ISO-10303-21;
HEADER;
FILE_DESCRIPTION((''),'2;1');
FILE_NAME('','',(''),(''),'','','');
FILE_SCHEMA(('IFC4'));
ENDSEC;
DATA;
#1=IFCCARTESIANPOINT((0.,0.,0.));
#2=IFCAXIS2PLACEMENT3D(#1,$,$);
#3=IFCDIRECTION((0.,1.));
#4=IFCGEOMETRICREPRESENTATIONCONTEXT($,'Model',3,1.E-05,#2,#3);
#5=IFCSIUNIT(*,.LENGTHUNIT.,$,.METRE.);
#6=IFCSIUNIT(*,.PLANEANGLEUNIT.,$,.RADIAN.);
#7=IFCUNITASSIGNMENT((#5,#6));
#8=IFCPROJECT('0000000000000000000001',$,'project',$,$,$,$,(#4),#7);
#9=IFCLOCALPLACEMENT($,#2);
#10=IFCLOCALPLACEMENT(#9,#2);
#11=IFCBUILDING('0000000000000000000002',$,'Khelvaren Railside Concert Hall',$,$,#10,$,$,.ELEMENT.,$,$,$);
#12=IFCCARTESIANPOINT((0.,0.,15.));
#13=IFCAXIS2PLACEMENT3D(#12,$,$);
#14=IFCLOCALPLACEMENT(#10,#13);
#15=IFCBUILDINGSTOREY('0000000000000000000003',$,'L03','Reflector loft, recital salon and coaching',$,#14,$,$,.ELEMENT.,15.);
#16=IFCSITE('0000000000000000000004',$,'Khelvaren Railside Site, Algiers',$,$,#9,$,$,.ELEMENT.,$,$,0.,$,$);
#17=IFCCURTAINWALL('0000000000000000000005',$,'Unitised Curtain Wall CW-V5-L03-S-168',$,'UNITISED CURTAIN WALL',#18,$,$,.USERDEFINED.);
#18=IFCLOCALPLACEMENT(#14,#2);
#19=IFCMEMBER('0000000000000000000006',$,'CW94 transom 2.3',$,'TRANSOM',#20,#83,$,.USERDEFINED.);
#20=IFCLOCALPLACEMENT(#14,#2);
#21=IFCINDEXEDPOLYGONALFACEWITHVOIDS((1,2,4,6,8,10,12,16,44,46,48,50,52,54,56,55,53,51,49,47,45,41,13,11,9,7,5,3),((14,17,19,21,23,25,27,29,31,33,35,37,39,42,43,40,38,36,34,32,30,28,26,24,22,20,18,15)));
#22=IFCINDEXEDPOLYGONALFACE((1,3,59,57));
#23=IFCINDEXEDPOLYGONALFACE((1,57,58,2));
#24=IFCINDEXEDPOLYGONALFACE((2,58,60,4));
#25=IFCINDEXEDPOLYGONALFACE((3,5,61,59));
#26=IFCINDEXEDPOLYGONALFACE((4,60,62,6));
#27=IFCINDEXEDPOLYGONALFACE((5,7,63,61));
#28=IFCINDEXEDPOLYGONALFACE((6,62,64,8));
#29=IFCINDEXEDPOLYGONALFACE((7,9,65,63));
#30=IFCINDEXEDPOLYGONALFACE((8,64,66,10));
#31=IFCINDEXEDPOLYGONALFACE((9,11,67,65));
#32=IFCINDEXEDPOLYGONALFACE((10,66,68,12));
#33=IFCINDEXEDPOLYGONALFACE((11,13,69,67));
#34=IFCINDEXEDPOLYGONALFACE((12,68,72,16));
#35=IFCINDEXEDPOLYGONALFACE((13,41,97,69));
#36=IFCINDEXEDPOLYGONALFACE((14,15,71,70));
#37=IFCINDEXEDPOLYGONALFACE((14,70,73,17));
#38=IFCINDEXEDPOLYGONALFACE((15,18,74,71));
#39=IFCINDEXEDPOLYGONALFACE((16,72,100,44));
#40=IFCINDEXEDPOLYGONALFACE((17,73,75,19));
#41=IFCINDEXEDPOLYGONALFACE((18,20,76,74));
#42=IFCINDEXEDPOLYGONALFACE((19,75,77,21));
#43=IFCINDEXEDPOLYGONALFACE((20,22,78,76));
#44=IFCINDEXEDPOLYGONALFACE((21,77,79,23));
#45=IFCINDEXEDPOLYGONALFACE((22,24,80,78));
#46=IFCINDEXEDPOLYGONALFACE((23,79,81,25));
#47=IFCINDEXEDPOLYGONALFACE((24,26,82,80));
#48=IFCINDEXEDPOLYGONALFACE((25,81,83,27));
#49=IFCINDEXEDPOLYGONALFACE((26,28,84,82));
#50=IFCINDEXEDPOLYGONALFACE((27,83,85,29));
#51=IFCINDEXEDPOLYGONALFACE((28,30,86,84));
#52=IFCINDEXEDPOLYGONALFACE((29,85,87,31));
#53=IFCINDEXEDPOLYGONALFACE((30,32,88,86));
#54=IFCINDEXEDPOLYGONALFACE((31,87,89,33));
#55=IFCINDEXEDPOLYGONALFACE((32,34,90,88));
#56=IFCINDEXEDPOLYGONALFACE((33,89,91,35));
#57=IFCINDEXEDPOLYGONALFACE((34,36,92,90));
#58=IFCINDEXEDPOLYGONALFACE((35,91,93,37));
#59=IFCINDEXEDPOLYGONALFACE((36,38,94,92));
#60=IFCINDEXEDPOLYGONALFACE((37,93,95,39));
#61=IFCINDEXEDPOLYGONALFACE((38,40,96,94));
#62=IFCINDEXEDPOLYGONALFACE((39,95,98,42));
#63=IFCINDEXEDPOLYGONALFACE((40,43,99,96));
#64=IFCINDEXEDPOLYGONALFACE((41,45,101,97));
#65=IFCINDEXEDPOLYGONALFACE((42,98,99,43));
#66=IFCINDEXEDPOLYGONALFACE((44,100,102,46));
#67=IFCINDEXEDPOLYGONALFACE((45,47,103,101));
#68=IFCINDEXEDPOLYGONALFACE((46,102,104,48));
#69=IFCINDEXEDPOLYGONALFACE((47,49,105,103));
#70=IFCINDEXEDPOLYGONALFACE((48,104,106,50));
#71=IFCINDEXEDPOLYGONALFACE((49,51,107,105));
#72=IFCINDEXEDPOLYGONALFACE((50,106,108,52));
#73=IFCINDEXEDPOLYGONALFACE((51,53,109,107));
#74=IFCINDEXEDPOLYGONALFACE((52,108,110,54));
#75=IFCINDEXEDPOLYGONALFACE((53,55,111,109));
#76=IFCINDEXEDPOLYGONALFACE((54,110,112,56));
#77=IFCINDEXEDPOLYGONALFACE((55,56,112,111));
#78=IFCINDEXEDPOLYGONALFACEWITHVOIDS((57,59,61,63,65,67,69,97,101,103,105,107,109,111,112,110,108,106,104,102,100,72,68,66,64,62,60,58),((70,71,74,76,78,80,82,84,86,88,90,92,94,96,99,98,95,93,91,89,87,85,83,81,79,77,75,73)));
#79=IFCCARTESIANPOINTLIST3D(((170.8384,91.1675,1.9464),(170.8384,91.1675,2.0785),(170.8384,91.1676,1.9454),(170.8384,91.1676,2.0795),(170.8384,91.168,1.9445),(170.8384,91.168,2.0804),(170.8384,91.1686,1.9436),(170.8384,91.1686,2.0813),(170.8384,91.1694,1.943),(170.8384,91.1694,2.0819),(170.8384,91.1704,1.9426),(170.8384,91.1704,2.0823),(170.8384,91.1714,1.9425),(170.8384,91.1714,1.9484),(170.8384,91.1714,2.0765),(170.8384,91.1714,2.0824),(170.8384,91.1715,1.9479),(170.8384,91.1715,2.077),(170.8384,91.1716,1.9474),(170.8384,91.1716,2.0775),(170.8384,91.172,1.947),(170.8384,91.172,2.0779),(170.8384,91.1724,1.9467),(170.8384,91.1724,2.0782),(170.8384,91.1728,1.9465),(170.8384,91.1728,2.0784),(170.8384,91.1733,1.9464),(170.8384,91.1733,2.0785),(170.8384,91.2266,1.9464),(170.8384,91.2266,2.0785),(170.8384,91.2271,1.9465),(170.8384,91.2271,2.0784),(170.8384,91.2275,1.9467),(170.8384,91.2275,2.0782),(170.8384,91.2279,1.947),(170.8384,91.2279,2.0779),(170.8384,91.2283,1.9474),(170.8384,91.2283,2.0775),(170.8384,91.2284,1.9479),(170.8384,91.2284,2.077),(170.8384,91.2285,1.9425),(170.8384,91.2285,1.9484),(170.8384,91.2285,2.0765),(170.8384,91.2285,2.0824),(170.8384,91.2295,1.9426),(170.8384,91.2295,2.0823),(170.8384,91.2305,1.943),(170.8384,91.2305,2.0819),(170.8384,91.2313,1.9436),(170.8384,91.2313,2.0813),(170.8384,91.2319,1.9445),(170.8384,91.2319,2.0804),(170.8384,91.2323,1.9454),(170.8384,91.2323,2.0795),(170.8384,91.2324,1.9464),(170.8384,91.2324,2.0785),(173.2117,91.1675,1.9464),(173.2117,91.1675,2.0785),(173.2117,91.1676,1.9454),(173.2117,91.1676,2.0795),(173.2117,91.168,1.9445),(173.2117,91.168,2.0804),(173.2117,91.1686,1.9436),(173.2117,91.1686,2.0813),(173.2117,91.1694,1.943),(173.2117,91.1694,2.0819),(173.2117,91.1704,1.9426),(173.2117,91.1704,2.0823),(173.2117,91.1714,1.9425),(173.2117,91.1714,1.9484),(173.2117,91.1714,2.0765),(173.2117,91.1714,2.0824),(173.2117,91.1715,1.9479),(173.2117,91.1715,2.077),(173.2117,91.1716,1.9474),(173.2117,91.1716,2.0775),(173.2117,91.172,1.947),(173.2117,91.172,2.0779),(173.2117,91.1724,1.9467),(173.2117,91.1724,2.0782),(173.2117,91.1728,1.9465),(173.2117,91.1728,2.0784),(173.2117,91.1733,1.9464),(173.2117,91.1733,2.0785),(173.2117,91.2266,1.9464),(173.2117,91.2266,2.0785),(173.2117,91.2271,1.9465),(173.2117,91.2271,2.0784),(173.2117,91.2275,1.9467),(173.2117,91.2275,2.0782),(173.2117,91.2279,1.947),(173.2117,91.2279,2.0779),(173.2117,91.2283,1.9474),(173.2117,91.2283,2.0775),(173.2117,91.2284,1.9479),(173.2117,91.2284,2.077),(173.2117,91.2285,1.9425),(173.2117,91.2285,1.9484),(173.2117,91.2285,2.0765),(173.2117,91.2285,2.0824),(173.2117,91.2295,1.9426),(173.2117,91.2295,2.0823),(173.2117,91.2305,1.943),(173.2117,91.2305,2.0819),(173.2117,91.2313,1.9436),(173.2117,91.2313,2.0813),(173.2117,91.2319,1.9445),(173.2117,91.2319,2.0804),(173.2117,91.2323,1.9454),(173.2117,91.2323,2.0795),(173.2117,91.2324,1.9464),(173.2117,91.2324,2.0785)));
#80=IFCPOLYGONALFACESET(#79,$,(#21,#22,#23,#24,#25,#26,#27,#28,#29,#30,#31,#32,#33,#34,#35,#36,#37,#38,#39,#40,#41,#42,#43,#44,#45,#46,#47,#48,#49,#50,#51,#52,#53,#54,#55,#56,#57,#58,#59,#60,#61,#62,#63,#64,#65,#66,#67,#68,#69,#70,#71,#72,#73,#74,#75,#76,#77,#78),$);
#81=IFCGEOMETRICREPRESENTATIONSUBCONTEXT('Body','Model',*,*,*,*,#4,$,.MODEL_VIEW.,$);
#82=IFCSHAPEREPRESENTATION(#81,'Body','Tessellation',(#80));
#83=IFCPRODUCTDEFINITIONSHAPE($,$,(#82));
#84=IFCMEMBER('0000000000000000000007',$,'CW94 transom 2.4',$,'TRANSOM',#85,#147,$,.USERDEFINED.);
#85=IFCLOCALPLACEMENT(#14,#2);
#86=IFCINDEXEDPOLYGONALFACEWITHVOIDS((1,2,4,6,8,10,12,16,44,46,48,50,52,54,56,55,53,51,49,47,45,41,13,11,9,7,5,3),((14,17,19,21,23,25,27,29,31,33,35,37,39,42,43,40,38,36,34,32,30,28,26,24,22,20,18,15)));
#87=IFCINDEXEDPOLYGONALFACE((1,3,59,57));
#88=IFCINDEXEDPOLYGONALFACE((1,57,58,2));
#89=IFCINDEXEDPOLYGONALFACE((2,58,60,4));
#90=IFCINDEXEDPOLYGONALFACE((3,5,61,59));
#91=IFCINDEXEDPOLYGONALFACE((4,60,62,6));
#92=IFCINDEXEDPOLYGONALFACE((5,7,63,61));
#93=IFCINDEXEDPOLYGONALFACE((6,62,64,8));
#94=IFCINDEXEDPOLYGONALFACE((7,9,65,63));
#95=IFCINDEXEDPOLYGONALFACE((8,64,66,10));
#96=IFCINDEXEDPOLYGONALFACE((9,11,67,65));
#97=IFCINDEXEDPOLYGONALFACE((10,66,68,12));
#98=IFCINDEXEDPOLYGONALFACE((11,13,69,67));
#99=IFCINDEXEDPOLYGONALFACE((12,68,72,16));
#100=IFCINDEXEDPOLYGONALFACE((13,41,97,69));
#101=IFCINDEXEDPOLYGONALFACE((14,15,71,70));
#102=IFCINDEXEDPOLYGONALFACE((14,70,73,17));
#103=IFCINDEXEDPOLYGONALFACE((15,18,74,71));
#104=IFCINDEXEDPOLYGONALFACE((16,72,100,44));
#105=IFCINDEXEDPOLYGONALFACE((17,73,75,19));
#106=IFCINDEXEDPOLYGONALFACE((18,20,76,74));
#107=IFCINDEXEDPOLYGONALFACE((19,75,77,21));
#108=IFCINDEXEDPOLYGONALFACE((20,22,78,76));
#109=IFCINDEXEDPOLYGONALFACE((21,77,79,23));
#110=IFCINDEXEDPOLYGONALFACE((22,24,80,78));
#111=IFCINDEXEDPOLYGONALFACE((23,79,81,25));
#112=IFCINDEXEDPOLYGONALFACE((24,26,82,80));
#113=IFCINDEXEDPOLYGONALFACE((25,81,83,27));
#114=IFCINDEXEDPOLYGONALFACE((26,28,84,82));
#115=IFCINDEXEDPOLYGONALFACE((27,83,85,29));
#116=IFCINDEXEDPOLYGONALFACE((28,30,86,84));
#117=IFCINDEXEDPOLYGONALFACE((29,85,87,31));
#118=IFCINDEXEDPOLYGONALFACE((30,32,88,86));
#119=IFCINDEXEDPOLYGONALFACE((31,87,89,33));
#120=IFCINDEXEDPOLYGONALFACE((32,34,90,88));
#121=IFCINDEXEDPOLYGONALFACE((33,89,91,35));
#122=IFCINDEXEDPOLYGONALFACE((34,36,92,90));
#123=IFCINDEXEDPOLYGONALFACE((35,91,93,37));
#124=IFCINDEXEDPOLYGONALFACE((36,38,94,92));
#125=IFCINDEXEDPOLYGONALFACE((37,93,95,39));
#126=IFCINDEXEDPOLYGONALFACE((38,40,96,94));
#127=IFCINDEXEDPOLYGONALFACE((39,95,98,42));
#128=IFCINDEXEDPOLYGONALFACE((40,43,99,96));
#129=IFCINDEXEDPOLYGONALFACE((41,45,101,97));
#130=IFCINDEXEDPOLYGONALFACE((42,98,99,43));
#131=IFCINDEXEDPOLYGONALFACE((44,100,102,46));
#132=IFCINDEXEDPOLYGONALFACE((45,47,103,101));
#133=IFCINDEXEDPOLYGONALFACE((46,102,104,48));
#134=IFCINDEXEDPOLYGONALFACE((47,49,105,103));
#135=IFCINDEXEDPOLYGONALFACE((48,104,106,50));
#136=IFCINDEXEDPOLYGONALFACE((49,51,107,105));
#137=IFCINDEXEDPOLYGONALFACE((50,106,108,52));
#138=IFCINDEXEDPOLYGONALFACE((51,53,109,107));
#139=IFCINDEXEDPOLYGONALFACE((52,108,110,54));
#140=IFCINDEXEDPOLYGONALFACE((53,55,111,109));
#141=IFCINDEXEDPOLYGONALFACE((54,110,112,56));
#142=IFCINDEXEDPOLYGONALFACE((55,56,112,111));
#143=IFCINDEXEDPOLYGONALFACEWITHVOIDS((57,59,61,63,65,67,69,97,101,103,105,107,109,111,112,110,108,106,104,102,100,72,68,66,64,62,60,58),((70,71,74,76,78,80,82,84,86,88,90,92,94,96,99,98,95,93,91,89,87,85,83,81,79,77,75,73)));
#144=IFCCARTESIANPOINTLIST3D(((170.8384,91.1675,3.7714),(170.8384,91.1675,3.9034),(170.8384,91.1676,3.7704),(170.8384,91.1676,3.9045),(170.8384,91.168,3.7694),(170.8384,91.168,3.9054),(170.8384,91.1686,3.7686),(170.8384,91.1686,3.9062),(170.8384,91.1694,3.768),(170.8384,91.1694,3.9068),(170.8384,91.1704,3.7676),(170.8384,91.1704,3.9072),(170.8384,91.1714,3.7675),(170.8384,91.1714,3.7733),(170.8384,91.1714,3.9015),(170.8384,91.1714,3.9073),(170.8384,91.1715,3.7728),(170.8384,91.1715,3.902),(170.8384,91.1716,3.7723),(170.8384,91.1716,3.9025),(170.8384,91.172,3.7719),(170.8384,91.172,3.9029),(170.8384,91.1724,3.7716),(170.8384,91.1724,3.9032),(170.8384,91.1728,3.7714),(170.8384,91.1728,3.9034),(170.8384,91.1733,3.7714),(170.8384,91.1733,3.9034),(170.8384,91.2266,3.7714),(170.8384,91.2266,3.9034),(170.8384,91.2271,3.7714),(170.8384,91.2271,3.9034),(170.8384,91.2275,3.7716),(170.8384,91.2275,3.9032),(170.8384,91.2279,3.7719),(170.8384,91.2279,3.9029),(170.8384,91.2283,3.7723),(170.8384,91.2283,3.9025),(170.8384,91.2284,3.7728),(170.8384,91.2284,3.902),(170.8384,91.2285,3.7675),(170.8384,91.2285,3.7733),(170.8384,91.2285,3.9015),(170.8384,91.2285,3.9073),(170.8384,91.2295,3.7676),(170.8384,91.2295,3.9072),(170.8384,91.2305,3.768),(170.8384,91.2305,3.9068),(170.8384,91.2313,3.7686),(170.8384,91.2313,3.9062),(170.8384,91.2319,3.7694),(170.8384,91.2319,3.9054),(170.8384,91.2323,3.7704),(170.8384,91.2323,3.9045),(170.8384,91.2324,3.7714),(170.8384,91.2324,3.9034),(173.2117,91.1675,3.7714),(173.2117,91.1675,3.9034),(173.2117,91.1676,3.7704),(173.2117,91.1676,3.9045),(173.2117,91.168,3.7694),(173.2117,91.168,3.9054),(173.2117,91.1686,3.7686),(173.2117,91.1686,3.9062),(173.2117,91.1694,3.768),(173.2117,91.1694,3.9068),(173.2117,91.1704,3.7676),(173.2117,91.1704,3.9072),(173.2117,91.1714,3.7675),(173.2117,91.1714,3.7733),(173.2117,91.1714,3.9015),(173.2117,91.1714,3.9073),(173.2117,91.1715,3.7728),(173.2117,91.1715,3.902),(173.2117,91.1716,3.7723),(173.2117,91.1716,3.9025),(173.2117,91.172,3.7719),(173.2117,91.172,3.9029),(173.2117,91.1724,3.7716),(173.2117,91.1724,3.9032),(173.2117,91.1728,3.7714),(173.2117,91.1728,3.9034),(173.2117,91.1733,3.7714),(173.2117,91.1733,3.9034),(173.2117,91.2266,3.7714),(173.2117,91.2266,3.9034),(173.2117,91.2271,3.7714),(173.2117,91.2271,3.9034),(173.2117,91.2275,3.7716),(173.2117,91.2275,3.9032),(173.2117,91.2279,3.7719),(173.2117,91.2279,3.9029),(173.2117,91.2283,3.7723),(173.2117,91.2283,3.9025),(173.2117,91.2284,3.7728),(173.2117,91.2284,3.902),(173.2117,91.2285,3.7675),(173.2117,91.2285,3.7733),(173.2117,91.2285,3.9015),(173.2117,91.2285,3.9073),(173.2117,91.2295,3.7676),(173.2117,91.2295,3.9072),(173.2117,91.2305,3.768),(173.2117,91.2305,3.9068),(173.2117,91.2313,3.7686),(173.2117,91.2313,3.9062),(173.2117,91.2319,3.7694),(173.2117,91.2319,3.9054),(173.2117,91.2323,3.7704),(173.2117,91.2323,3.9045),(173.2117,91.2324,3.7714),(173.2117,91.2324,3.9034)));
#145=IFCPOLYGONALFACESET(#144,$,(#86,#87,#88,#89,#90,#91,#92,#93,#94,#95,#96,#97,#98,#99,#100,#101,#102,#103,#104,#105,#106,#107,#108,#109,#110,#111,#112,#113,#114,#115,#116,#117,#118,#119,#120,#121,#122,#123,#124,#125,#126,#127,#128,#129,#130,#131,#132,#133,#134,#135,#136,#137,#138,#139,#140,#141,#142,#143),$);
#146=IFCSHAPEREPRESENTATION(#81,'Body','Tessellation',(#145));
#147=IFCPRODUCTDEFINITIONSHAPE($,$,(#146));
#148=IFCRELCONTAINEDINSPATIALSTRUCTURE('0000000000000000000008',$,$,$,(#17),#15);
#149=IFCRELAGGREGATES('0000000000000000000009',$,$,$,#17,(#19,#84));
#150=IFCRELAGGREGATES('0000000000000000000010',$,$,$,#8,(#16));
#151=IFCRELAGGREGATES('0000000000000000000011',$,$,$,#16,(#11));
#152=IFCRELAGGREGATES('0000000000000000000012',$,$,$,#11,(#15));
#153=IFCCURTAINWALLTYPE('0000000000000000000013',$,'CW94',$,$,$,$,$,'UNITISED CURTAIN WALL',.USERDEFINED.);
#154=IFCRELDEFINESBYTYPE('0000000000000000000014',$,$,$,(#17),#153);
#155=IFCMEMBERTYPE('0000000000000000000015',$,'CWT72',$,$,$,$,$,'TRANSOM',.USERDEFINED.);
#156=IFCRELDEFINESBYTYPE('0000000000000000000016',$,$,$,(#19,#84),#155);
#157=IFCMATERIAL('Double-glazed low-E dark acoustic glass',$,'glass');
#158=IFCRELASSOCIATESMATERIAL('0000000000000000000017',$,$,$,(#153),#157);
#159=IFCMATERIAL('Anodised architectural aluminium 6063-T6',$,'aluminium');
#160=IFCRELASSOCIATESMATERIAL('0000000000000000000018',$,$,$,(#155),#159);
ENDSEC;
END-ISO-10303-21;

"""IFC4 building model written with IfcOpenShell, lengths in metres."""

from ifc_helpers import new_model, si_unit, direction, frame, origin, origin_2d, place, context, subcontext, project, spatial, hollow_rectangle, extrude, material, material_profile, profile_set, type_object, element, aggregate, save


model = new_model("IFC4")

# Units and contexts
model_context = context("Model", 3, precision=1e-05, world=origin(), true_north=direction((0.0, 1.0)))
body_context = subcontext(model_context, "Body", "Model", "MODEL_VIEW")
ifc_project = project(units=[si_unit("LENGTHUNIT", "METRE"), si_unit("PLANEANGLEUNIT", "RADIAN")], contexts=[model_context])

# Site, building, storey
site_placement = place(None, origin())
site = spatial("IfcSite", under=ifc_project, at=site_placement, Name="Khelvaren Railside Site, Algiers", CompositionType="ELEMENT", RefElevation=0.0)
building_placement = place(site_placement, origin())
building = spatial("IfcBuilding", under=site, at=building_placement, Name="Khelvaren Railside Concert Hall", CompositionType="ELEMENT")
storey_placement = place(building_placement, frame((0.0, 0.0, 15.0)))
storey = spatial("IfcBuildingStorey", under=building, at=storey_placement, Name="L03", Description="Reflector loft, recital salon and coaching", CompositionType="ELEMENT", Elevation=15.0)

# Curtain wall
ifc_material_1 = material(Name="Double-glazed low-E dark acoustic glass", Category="glass")
curtain_wall_type_1 = type_object("IfcCurtainWallType", Name="CW94", ElementType="UNITISED CURTAIN WALL", PredefinedType="USERDEFINED", material=ifc_material_1)
curtain_wall_1_placement = place(storey_placement, origin())
curtain_wall_1 = element("IfcCurtainWall", 1, at=curtain_wall_1_placement, inside=storey, type_object=curtain_wall_type_1, Name="Unitised Curtain Wall CW-V5-L03-S-168", ObjectType="UNITISED CURTAIN WALL", PredefinedType="USERDEFINED")
ifc_material_2 = material(Name="Anodised architectural aluminium 6063-T6", Category="aluminium")

# Members
ifc_material_profile_1 = material_profile(ifc_material_2, hollow_rectangle(XDim=0.0649, YDim=0.1399, WallThickness=0.0039, InnerFilletRadius=0.002, OuterFilletRadius=0.0039, at=origin_2d()), Name="CWT 65x140x4")
ifc_profile_set_1 = profile_set([ifc_material_profile_1], Name="Anodised architectural aluminium 6063-T6")
member_type_1 = type_object("IfcMemberType", Name="CWT72", ElementType="TRANSOM", PredefinedType="USERDEFINED", material=ifc_profile_set_1)
member_1_placement = place(storey_placement, frame((173.2117, 91.2, 2.0125), z_axis=(-1.0, 0.0, 0.0), x_axis=(0.0, -1.0, 0.0)))
member_1 = element("IfcMember", 2, at=member_1_placement, type_object=member_type_1, Name="CW94 transom 2.3", ObjectType="TRANSOM", PredefinedType="USERDEFINED", context=body_context, shape_type="SweptSolid", body=[
    extrude(hollow_rectangle(XDim=0.0649, YDim=0.1399, WallThickness=0.0039, InnerFilletRadius=0.002, OuterFilletRadius=0.0039, at=origin_2d()), origin(), (0.0, 0.0, 1.0), 2.3733),
])
member_2_placement = place(storey_placement, frame((173.2117, 91.2, 3.8374), z_axis=(-1.0, 0.0, 0.0), x_axis=(0.0, -1.0, 0.0)))
member_2 = element("IfcMember", 3, at=member_2_placement, type_object=member_type_1, Name="CW94 transom 2.4", ObjectType="TRANSOM", PredefinedType="USERDEFINED", context=body_context, shape_type="SweptSolid", body=[
    extrude(hollow_rectangle(XDim=0.0649, YDim=0.1399, WallThickness=0.0039, InnerFilletRadius=0.002, OuterFilletRadius=0.0039, at=origin_2d()), origin(), (0.0, 0.0, 1.0), 2.3733),
])

aggregate(curtain_wall_1, [member_1, member_2])

save(model, "model.ifc")
